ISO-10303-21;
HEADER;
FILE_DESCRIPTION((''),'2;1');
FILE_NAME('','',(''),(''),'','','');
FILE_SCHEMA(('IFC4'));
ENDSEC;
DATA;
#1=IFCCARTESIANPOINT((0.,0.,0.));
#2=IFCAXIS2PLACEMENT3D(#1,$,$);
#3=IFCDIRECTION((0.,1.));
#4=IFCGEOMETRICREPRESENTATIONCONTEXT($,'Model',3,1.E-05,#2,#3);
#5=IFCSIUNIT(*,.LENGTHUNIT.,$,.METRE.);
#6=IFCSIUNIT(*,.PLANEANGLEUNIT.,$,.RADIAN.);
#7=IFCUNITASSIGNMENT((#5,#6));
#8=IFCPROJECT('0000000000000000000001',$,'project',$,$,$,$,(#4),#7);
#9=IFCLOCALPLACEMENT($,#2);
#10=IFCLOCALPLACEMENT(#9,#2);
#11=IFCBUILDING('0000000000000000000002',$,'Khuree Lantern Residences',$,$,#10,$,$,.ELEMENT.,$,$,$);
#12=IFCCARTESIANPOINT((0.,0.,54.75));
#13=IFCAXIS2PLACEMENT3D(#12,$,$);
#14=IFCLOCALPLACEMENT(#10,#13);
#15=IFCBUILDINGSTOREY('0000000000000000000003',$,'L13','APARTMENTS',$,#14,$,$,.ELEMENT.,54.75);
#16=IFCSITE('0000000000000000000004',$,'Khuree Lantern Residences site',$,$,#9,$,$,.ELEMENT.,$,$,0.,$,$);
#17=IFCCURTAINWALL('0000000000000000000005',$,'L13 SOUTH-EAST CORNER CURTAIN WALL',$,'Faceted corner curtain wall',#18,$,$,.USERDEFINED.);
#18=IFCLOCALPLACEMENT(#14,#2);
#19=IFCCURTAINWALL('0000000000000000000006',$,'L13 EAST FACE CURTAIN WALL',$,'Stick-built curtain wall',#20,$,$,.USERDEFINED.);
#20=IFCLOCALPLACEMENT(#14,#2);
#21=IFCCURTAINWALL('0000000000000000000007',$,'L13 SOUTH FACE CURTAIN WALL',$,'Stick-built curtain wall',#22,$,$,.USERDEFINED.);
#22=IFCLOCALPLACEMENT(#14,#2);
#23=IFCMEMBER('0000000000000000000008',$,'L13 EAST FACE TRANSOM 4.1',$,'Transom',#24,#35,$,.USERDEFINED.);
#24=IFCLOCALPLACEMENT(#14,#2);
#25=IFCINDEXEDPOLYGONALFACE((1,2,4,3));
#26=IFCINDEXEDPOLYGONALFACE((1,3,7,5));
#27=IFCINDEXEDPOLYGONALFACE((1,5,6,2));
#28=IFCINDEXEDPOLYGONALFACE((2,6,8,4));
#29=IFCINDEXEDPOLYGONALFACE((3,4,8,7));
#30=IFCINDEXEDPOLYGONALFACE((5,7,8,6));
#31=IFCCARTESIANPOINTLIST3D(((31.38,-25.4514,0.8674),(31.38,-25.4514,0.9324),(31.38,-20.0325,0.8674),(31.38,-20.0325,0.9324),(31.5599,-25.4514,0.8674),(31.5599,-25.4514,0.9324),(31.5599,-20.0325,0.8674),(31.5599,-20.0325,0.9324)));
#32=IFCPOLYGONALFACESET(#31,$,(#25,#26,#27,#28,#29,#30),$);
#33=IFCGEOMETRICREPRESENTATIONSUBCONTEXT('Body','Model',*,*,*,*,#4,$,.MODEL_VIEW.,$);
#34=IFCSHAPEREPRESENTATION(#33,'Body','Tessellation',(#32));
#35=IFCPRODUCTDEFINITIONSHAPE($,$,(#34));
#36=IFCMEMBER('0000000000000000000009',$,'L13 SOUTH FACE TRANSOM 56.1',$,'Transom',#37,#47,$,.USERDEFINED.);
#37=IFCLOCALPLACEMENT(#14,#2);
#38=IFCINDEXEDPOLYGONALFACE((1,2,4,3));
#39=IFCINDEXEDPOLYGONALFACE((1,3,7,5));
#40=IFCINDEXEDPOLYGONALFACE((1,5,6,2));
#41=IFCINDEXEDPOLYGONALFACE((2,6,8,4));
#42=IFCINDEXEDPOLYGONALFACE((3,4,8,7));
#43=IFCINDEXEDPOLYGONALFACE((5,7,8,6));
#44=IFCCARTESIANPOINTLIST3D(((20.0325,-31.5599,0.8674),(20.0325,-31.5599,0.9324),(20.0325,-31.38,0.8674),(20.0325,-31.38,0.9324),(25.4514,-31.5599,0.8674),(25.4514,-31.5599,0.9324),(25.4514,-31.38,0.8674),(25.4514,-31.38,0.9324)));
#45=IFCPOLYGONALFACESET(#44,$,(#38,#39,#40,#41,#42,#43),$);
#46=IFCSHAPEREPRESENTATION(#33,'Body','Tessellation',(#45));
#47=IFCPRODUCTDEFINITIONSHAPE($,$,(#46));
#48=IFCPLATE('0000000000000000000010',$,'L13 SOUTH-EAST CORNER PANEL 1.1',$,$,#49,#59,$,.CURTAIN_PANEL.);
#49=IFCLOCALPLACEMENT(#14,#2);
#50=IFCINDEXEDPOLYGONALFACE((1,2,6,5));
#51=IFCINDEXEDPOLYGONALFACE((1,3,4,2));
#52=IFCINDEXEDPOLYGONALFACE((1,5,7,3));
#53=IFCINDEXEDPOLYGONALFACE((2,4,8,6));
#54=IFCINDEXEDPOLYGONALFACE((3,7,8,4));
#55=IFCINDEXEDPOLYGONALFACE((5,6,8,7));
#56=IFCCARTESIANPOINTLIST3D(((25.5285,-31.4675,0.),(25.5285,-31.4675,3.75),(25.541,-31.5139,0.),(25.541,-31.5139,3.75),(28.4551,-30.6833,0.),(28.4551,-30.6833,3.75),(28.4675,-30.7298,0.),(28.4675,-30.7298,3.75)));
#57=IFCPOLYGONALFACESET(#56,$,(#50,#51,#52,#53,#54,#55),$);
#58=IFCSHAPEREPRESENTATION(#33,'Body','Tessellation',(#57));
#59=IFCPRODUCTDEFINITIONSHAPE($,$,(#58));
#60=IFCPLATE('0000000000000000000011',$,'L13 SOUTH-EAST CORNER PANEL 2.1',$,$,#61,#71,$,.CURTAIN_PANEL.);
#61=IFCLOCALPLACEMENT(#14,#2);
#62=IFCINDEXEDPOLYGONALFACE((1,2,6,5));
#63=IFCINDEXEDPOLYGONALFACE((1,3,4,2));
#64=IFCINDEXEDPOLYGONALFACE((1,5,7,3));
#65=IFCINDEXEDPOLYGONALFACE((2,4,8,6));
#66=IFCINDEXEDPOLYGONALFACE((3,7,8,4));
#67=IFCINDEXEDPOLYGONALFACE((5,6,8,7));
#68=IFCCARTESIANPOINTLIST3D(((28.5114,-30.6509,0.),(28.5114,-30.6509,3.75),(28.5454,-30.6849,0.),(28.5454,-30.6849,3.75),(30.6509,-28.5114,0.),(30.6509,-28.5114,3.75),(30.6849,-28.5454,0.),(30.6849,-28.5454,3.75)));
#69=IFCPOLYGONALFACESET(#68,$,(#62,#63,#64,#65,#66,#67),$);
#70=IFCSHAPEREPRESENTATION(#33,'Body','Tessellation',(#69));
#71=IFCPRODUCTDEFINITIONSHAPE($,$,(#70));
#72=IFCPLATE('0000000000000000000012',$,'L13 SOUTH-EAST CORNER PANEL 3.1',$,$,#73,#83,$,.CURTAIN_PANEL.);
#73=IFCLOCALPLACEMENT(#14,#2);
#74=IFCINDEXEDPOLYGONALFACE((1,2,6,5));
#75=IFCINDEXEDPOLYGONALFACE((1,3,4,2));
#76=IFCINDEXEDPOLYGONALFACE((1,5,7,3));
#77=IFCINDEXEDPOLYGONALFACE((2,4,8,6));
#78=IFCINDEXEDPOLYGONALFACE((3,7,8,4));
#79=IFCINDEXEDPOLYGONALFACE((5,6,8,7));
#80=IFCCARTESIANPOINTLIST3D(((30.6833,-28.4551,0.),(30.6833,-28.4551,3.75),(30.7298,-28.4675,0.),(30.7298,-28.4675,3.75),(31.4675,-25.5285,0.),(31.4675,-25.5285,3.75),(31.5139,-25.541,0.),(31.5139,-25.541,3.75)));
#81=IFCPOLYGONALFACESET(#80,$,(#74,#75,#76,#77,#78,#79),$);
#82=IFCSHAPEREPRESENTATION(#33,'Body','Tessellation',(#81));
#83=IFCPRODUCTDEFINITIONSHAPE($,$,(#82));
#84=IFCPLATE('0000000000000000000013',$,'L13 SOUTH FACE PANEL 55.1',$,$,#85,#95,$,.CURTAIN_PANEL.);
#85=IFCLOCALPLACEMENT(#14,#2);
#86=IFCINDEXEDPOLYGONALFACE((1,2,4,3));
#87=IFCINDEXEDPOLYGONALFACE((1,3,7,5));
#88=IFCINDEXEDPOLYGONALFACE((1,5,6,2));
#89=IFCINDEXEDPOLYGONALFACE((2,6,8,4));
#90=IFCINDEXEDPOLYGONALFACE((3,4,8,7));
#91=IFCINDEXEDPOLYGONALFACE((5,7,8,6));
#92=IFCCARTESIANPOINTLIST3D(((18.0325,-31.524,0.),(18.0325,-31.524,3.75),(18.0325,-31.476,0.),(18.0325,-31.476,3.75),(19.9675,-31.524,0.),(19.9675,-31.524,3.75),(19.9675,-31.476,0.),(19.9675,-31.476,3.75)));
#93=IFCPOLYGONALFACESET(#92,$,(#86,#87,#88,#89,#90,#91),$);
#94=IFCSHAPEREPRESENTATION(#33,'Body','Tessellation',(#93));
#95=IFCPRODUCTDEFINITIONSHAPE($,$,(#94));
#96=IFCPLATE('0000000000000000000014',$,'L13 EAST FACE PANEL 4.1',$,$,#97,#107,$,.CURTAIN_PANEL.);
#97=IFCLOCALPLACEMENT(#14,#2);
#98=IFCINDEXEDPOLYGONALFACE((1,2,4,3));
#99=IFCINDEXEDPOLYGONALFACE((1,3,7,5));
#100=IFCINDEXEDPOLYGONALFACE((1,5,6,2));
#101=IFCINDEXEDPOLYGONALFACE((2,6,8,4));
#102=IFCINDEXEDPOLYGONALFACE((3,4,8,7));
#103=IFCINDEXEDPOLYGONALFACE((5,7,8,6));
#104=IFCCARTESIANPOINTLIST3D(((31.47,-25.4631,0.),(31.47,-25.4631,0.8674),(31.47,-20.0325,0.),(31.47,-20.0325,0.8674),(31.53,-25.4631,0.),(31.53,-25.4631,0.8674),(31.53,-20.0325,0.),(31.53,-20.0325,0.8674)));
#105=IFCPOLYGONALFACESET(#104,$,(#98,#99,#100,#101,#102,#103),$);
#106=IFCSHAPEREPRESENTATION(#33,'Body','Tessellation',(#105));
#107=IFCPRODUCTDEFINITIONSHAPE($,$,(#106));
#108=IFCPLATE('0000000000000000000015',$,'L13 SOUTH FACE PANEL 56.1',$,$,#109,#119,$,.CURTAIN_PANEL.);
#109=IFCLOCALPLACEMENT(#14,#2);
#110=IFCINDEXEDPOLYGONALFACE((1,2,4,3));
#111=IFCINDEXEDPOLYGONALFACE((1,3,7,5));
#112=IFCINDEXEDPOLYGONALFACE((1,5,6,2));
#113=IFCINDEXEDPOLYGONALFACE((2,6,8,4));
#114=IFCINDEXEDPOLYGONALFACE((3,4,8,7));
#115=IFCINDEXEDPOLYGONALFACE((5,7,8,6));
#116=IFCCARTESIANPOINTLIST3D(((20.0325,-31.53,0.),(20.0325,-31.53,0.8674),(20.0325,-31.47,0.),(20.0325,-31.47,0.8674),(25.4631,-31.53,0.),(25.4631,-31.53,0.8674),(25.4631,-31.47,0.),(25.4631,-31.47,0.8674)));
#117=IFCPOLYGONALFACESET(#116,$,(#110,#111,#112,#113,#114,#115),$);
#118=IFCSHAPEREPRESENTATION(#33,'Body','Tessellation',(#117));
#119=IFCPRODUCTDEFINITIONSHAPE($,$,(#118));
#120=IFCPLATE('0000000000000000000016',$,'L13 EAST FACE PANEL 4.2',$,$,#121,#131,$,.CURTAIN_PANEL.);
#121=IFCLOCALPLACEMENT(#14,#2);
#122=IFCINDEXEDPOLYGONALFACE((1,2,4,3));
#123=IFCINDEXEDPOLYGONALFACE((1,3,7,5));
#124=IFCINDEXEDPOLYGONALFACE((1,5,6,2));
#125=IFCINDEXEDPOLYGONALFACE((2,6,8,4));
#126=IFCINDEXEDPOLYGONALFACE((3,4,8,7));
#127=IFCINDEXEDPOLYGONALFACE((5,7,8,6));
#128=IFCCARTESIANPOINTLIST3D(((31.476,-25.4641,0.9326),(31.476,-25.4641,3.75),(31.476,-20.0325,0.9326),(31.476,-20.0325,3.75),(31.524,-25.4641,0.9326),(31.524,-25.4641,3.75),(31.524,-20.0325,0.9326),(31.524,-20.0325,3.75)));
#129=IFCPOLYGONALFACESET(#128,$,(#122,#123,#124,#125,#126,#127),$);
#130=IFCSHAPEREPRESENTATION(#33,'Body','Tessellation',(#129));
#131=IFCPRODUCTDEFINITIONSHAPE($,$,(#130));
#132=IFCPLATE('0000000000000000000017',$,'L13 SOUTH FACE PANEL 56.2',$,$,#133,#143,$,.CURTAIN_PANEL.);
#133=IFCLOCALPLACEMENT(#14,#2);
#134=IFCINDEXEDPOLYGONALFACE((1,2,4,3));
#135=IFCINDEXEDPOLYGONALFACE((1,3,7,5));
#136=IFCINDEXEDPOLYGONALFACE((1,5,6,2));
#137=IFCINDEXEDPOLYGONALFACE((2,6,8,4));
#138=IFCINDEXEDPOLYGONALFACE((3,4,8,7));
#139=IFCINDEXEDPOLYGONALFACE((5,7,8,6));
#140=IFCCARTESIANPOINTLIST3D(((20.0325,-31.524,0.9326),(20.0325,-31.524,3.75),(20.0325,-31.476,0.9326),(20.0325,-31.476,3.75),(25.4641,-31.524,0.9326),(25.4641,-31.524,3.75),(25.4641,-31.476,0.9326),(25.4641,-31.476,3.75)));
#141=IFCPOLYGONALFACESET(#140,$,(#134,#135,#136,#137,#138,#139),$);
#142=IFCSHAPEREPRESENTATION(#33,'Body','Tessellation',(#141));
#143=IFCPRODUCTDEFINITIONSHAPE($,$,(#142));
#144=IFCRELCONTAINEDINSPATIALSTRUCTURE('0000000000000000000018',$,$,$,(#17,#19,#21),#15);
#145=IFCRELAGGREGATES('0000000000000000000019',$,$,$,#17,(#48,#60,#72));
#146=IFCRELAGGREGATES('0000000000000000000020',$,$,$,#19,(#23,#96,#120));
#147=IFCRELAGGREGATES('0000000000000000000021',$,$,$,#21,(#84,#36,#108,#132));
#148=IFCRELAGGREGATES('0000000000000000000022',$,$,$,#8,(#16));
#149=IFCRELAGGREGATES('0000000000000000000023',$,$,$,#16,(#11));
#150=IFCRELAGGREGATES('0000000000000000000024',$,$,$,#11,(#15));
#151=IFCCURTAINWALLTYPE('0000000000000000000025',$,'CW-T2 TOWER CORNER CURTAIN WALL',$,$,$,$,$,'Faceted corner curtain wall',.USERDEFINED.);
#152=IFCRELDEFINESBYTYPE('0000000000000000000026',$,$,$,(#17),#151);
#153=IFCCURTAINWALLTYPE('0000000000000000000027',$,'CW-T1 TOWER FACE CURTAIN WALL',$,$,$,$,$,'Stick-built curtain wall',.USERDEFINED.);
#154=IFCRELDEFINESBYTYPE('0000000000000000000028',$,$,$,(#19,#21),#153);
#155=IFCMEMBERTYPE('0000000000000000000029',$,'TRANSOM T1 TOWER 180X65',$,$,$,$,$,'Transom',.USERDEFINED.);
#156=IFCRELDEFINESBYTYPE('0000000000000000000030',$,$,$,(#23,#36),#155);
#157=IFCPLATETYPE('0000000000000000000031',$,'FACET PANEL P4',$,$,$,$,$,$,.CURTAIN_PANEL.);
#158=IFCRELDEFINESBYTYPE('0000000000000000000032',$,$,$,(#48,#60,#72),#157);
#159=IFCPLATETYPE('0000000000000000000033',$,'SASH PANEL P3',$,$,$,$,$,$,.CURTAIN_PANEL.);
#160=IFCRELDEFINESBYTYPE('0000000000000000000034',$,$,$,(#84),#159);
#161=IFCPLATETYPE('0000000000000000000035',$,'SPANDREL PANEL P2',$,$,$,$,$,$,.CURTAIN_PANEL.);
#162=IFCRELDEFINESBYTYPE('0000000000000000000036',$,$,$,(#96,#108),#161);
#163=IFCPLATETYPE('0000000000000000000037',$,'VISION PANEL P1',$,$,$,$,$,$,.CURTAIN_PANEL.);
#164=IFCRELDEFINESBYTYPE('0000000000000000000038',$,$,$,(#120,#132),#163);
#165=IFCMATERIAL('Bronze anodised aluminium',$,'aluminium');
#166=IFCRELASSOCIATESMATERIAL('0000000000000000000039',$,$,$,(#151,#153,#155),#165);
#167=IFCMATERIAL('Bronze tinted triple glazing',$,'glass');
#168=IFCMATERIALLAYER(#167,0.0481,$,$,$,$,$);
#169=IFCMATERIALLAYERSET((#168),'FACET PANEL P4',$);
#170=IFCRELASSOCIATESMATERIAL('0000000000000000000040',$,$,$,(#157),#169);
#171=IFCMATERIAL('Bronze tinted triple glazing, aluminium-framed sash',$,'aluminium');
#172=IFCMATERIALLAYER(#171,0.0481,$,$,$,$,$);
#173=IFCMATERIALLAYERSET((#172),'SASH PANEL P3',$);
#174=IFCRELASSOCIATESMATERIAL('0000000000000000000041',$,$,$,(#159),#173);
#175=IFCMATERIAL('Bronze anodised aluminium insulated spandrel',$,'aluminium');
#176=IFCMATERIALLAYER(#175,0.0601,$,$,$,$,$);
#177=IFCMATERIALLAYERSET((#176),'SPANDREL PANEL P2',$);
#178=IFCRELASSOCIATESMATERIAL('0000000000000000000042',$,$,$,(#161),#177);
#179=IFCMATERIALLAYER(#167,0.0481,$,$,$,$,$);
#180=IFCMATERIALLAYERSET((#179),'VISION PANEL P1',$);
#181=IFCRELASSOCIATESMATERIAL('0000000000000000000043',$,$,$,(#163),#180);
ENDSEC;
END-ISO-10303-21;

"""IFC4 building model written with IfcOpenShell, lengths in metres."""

from ifc_helpers import new_model, si_unit, direction, frame, origin, origin_2d, place, context, subcontext, project, spatial, rectangle, extrude, material, layer, layer_set, material_profile, profile_set, type_object, element, aggregate, save


model = new_model("IFC4")

# Units and contexts
model_context = context("Model", 3, precision=1e-05, world=origin(), true_north=direction((0.0, 1.0)))
body_context = subcontext(model_context, "Body", "Model", "MODEL_VIEW")
ifc_project = project(units=[si_unit("LENGTHUNIT", "METRE"), si_unit("PLANEANGLEUNIT", "RADIAN")], contexts=[model_context])

# Site, building, storey
site_placement = place(None, origin())
site = spatial("IfcSite", under=ifc_project, at=site_placement, Name="Khuree Lantern Residences site", CompositionType="ELEMENT", RefElevation=0.0)
building_placement = place(site_placement, origin())
building = spatial("IfcBuilding", under=site, at=building_placement, Name="Khuree Lantern Residences", CompositionType="ELEMENT")
storey_placement = place(building_placement, frame((0.0, 0.0, 54.75)))
storey = spatial("IfcBuildingStorey", under=building, at=storey_placement, Name="L13", Description="APARTMENTS", CompositionType="ELEMENT", Elevation=54.75)

# Curtain wall
ifc_material_1 = material(Name="Bronze anodised aluminium", Category="aluminium")
curtain_wall_type_1 = type_object("IfcCurtainWallType", Name="CW-T2 TOWER CORNER CURTAIN WALL", ElementType="Faceted corner curtain wall", PredefinedType="USERDEFINED", material=ifc_material_1)
curtain_wall_1_placement = place(storey_placement, origin())
curtain_wall_1 = element("IfcCurtainWall", 1, at=curtain_wall_1_placement, inside=storey, type_object=curtain_wall_type_1, Name="L13 SOUTH-EAST CORNER CURTAIN WALL", ObjectType="Faceted corner curtain wall", PredefinedType="USERDEFINED")

# Curtain walls
curtain_wall_type_2 = type_object("IfcCurtainWallType", Name="CW-T1 TOWER FACE CURTAIN WALL", ElementType="Stick-built curtain wall", PredefinedType="USERDEFINED", material=ifc_material_1)
curtain_wall_2_placement = place(storey_placement, origin())
curtain_wall_2 = element("IfcCurtainWall", 2, at=curtain_wall_2_placement, inside=storey, type_object=curtain_wall_type_2, Name="L13 EAST FACE CURTAIN WALL", ObjectType="Stick-built curtain wall", PredefinedType="USERDEFINED")
curtain_wall_3_placement = place(storey_placement, origin())
curtain_wall_3 = element("IfcCurtainWall", 3, at=curtain_wall_3_placement, inside=storey, type_object=curtain_wall_type_2, Name="L13 SOUTH FACE CURTAIN WALL", ObjectType="Stick-built curtain wall", PredefinedType="USERDEFINED")

# Members
ifc_material_profile_1 = material_profile(ifc_material_1, rectangle(XDim=0.1799, YDim=0.0649, at=origin_2d()), Name="T1 180X65")
ifc_profile_set_1 = profile_set([ifc_material_profile_1], Name="Bronze anodised aluminium")
member_type_1 = type_object("IfcMemberType", Name="TRANSOM T1 TOWER 180X65", ElementType="Transom", PredefinedType="USERDEFINED", material=ifc_profile_set_1)
member_1_placement = place(storey_placement, frame((31.47, -25.4514, 0.8999), z_axis=(0.0, 1.0, 0.0), x_axis=(-1.0, 0.0, 0.0)))
member_1 = element("IfcMember", 4, at=member_1_placement, type_object=member_type_1, Name="L13 EAST FACE TRANSOM 4.1", ObjectType="Transom", PredefinedType="USERDEFINED", context=body_context, shape_type="SweptSolid", body=[
    extrude(rectangle(XDim=0.1799, YDim=0.0649, at=origin_2d()), origin(), (0.0, 0.0, 1.0), 5.4189),
])
member_2_placement = place(storey_placement, frame((20.0325, -31.47, 0.8999), z_axis=(1.0, 0.0, 0.0), x_axis=(0.0, 1.0, 0.0)))
member_2 = element("IfcMember", 5, at=member_2_placement, type_object=member_type_1, Name="L13 SOUTH FACE TRANSOM 56.1", ObjectType="Transom", PredefinedType="USERDEFINED", context=body_context, shape_type="SweptSolid", body=[
    extrude(rectangle(XDim=0.1799, YDim=0.0649, at=origin_2d()), origin(), (0.0, 0.0, 1.0), 5.4189),
])

# Plates
ifc_material_2 = material(Name="Bronze tinted triple glazing", Category="glass")
ifc_layer_1 = layer(ifc_material_2, 0.0481)
ifc_layer_set_1 = layer_set([ifc_layer_1], Name="FACET PANEL P4")
plate_type_1 = type_object("IfcPlateType", Name="FACET PANEL P4", PredefinedType="CURTAIN_PANEL", material=ifc_layer_set_1)
plate_1_placement = place(storey_placement, frame((26.998, -31.0986, 0.0), z_axis=(0.0, 0.0, 1.0), x_axis=(0.965926, 0.258819, 0.0)))
plate_1 = element("IfcPlate", 6, at=plate_1_placement, type_object=plate_type_1, Name="L13 SOUTH-EAST CORNER PANEL 1.1", PredefinedType="CURTAIN_PANEL", context=body_context, shape_type="SweptSolid", body=[
    extrude(rectangle(XDim=3.0298, YDim=0.0481, at=origin_2d()), origin(), (0.0, 0.0, 1.0), 3.75),
])
plate_2_placement = place(storey_placement, frame((29.5981, -29.5981, 0.0), z_axis=(0.0, 0.0, 1.0), x_axis=(0.707107, 0.707107, 0.0)))
plate_2 = element("IfcPlate", 7, at=plate_2_placement, type_object=plate_type_1, Name="L13 SOUTH-EAST CORNER PANEL 2.1", PredefinedType="CURTAIN_PANEL", context=body_context, shape_type="SweptSolid", body=[
    extrude(rectangle(XDim=3.0256, YDim=0.0481, at=origin_2d()), origin(), (0.0, 0.0, 1.0), 3.75),
])
plate_3_placement = place(storey_placement, frame((31.0986, -26.998, 0.0), z_axis=(0.0, 0.0, 1.0), x_axis=(0.258819, 0.965926, 0.0)))
plate_3 = element("IfcPlate", 8, at=plate_3_placement, type_object=plate_type_1, Name="L13 SOUTH-EAST CORNER PANEL 3.1", PredefinedType="CURTAIN_PANEL", context=body_context, shape_type="SweptSolid", body=[
    extrude(rectangle(XDim=3.0298, YDim=0.0481, at=origin_2d()), origin(), (0.0, 0.0, 1.0), 3.75),
])
aggregate(curtain_wall_1, [plate_1, plate_2, plate_3])
ifc_material_3 = material(Name="Bronze tinted triple glazing, aluminium-framed sash", Category="aluminium")
ifc_layer_2 = layer(ifc_material_3, 0.0481)
ifc_layer_set_2 = layer_set([ifc_layer_2], Name="SASH PANEL P3")
plate_type_2 = type_object("IfcPlateType", Name="SASH PANEL P3", PredefinedType="CURTAIN_PANEL", material=ifc_layer_set_2)
plate_4_placement = place(storey_placement, frame((19.0, -31.5, 0.0), z_axis=(0.0, 0.0, 1.0), x_axis=(1.0, 0.0, 0.0)))
plate_4 = element("IfcPlate", 9, at=plate_4_placement, type_object=plate_type_2, Name="L13 SOUTH FACE PANEL 55.1", PredefinedType="CURTAIN_PANEL", context=body_context, shape_type="SweptSolid", body=[
    extrude(rectangle(XDim=1.9351, YDim=0.0481, at=origin_2d()), origin(), (0.0, 0.0, 1.0), 3.75),
])
ifc_material_4 = material(Name="Bronze anodised aluminium insulated spandrel", Category="aluminium")
ifc_layer_3 = layer(ifc_material_4, 0.0601)
ifc_layer_set_3 = layer_set([ifc_layer_3], Name="SPANDREL PANEL P2")
plate_type_3 = type_object("IfcPlateType", Name="SPANDREL PANEL P2", PredefinedType="CURTAIN_PANEL", material=ifc_layer_set_3)
plate_5_placement = place(storey_placement, frame((31.5, -22.7478, 0.0), z_axis=(0.0, 0.0, 1.0), x_axis=(0.0, 1.0, 0.0)))
plate_5 = element("IfcPlate", 10, at=plate_5_placement, type_object=plate_type_3, Name="L13 EAST FACE PANEL 4.1", PredefinedType="CURTAIN_PANEL", context=body_context, shape_type="SweptSolid", body=[
    extrude(rectangle(XDim=5.4307, YDim=0.0601, at=origin_2d()), origin(), (0.0, 0.0, 1.0), 0.8674),
])
plate_6_placement = place(storey_placement, frame((22.7478, -31.5, 0.0), z_axis=(0.0, 0.0, 1.0), x_axis=(1.0, 0.0, 0.0)))
plate_6 = element("IfcPlate", 11, at=plate_6_placement, type_object=plate_type_3, Name="L13 SOUTH FACE PANEL 56.1", PredefinedType="CURTAIN_PANEL", context=body_context, shape_type="SweptSolid", body=[
    extrude(rectangle(XDim=5.4307, YDim=0.0601, at=origin_2d()), origin(), (0.0, 0.0, 1.0), 0.8674),
])
ifc_layer_4 = layer(ifc_material_2, 0.0481)
ifc_layer_set_4 = layer_set([ifc_layer_4], Name="VISION PANEL P1")
plate_type_4 = type_object("IfcPlateType", Name="VISION PANEL P1", PredefinedType="CURTAIN_PANEL", material=ifc_layer_set_4)
plate_7_placement = place(storey_placement, frame((31.5, -22.7483, 0.9326), z_axis=(0.0, 0.0, 1.0), x_axis=(0.0, 1.0, 0.0)))
plate_7 = element("IfcPlate", 12, at=plate_7_placement, type_object=plate_type_4, Name="L13 EAST FACE PANEL 4.2", PredefinedType="CURTAIN_PANEL", context=body_context, shape_type="SweptSolid", body=[
    extrude(rectangle(XDim=5.4316, YDim=0.0481, at=origin_2d()), origin(), (0.0, 0.0, 1.0), 2.8174),
])
aggregate(curtain_wall_2, [member_1, plate_5, plate_7])
plate_8_placement = place(storey_placement, frame((22.7483, -31.5, 0.9326), z_axis=(0.0, 0.0, 1.0), x_axis=(1.0, 0.0, 0.0)))
plate_8 = element("IfcPlate", 13, at=plate_8_placement, type_object=plate_type_4, Name="L13 SOUTH FACE PANEL 56.2", PredefinedType="CURTAIN_PANEL", context=body_context, shape_type="SweptSolid", body=[
    extrude(rectangle(XDim=5.4316, YDim=0.0481, at=origin_2d()), origin(), (0.0, 0.0, 1.0), 2.8174),
])
aggregate(curtain_wall_3, [plate_4, member_2, plate_6, plate_8])

save(model, "model.ifc")
